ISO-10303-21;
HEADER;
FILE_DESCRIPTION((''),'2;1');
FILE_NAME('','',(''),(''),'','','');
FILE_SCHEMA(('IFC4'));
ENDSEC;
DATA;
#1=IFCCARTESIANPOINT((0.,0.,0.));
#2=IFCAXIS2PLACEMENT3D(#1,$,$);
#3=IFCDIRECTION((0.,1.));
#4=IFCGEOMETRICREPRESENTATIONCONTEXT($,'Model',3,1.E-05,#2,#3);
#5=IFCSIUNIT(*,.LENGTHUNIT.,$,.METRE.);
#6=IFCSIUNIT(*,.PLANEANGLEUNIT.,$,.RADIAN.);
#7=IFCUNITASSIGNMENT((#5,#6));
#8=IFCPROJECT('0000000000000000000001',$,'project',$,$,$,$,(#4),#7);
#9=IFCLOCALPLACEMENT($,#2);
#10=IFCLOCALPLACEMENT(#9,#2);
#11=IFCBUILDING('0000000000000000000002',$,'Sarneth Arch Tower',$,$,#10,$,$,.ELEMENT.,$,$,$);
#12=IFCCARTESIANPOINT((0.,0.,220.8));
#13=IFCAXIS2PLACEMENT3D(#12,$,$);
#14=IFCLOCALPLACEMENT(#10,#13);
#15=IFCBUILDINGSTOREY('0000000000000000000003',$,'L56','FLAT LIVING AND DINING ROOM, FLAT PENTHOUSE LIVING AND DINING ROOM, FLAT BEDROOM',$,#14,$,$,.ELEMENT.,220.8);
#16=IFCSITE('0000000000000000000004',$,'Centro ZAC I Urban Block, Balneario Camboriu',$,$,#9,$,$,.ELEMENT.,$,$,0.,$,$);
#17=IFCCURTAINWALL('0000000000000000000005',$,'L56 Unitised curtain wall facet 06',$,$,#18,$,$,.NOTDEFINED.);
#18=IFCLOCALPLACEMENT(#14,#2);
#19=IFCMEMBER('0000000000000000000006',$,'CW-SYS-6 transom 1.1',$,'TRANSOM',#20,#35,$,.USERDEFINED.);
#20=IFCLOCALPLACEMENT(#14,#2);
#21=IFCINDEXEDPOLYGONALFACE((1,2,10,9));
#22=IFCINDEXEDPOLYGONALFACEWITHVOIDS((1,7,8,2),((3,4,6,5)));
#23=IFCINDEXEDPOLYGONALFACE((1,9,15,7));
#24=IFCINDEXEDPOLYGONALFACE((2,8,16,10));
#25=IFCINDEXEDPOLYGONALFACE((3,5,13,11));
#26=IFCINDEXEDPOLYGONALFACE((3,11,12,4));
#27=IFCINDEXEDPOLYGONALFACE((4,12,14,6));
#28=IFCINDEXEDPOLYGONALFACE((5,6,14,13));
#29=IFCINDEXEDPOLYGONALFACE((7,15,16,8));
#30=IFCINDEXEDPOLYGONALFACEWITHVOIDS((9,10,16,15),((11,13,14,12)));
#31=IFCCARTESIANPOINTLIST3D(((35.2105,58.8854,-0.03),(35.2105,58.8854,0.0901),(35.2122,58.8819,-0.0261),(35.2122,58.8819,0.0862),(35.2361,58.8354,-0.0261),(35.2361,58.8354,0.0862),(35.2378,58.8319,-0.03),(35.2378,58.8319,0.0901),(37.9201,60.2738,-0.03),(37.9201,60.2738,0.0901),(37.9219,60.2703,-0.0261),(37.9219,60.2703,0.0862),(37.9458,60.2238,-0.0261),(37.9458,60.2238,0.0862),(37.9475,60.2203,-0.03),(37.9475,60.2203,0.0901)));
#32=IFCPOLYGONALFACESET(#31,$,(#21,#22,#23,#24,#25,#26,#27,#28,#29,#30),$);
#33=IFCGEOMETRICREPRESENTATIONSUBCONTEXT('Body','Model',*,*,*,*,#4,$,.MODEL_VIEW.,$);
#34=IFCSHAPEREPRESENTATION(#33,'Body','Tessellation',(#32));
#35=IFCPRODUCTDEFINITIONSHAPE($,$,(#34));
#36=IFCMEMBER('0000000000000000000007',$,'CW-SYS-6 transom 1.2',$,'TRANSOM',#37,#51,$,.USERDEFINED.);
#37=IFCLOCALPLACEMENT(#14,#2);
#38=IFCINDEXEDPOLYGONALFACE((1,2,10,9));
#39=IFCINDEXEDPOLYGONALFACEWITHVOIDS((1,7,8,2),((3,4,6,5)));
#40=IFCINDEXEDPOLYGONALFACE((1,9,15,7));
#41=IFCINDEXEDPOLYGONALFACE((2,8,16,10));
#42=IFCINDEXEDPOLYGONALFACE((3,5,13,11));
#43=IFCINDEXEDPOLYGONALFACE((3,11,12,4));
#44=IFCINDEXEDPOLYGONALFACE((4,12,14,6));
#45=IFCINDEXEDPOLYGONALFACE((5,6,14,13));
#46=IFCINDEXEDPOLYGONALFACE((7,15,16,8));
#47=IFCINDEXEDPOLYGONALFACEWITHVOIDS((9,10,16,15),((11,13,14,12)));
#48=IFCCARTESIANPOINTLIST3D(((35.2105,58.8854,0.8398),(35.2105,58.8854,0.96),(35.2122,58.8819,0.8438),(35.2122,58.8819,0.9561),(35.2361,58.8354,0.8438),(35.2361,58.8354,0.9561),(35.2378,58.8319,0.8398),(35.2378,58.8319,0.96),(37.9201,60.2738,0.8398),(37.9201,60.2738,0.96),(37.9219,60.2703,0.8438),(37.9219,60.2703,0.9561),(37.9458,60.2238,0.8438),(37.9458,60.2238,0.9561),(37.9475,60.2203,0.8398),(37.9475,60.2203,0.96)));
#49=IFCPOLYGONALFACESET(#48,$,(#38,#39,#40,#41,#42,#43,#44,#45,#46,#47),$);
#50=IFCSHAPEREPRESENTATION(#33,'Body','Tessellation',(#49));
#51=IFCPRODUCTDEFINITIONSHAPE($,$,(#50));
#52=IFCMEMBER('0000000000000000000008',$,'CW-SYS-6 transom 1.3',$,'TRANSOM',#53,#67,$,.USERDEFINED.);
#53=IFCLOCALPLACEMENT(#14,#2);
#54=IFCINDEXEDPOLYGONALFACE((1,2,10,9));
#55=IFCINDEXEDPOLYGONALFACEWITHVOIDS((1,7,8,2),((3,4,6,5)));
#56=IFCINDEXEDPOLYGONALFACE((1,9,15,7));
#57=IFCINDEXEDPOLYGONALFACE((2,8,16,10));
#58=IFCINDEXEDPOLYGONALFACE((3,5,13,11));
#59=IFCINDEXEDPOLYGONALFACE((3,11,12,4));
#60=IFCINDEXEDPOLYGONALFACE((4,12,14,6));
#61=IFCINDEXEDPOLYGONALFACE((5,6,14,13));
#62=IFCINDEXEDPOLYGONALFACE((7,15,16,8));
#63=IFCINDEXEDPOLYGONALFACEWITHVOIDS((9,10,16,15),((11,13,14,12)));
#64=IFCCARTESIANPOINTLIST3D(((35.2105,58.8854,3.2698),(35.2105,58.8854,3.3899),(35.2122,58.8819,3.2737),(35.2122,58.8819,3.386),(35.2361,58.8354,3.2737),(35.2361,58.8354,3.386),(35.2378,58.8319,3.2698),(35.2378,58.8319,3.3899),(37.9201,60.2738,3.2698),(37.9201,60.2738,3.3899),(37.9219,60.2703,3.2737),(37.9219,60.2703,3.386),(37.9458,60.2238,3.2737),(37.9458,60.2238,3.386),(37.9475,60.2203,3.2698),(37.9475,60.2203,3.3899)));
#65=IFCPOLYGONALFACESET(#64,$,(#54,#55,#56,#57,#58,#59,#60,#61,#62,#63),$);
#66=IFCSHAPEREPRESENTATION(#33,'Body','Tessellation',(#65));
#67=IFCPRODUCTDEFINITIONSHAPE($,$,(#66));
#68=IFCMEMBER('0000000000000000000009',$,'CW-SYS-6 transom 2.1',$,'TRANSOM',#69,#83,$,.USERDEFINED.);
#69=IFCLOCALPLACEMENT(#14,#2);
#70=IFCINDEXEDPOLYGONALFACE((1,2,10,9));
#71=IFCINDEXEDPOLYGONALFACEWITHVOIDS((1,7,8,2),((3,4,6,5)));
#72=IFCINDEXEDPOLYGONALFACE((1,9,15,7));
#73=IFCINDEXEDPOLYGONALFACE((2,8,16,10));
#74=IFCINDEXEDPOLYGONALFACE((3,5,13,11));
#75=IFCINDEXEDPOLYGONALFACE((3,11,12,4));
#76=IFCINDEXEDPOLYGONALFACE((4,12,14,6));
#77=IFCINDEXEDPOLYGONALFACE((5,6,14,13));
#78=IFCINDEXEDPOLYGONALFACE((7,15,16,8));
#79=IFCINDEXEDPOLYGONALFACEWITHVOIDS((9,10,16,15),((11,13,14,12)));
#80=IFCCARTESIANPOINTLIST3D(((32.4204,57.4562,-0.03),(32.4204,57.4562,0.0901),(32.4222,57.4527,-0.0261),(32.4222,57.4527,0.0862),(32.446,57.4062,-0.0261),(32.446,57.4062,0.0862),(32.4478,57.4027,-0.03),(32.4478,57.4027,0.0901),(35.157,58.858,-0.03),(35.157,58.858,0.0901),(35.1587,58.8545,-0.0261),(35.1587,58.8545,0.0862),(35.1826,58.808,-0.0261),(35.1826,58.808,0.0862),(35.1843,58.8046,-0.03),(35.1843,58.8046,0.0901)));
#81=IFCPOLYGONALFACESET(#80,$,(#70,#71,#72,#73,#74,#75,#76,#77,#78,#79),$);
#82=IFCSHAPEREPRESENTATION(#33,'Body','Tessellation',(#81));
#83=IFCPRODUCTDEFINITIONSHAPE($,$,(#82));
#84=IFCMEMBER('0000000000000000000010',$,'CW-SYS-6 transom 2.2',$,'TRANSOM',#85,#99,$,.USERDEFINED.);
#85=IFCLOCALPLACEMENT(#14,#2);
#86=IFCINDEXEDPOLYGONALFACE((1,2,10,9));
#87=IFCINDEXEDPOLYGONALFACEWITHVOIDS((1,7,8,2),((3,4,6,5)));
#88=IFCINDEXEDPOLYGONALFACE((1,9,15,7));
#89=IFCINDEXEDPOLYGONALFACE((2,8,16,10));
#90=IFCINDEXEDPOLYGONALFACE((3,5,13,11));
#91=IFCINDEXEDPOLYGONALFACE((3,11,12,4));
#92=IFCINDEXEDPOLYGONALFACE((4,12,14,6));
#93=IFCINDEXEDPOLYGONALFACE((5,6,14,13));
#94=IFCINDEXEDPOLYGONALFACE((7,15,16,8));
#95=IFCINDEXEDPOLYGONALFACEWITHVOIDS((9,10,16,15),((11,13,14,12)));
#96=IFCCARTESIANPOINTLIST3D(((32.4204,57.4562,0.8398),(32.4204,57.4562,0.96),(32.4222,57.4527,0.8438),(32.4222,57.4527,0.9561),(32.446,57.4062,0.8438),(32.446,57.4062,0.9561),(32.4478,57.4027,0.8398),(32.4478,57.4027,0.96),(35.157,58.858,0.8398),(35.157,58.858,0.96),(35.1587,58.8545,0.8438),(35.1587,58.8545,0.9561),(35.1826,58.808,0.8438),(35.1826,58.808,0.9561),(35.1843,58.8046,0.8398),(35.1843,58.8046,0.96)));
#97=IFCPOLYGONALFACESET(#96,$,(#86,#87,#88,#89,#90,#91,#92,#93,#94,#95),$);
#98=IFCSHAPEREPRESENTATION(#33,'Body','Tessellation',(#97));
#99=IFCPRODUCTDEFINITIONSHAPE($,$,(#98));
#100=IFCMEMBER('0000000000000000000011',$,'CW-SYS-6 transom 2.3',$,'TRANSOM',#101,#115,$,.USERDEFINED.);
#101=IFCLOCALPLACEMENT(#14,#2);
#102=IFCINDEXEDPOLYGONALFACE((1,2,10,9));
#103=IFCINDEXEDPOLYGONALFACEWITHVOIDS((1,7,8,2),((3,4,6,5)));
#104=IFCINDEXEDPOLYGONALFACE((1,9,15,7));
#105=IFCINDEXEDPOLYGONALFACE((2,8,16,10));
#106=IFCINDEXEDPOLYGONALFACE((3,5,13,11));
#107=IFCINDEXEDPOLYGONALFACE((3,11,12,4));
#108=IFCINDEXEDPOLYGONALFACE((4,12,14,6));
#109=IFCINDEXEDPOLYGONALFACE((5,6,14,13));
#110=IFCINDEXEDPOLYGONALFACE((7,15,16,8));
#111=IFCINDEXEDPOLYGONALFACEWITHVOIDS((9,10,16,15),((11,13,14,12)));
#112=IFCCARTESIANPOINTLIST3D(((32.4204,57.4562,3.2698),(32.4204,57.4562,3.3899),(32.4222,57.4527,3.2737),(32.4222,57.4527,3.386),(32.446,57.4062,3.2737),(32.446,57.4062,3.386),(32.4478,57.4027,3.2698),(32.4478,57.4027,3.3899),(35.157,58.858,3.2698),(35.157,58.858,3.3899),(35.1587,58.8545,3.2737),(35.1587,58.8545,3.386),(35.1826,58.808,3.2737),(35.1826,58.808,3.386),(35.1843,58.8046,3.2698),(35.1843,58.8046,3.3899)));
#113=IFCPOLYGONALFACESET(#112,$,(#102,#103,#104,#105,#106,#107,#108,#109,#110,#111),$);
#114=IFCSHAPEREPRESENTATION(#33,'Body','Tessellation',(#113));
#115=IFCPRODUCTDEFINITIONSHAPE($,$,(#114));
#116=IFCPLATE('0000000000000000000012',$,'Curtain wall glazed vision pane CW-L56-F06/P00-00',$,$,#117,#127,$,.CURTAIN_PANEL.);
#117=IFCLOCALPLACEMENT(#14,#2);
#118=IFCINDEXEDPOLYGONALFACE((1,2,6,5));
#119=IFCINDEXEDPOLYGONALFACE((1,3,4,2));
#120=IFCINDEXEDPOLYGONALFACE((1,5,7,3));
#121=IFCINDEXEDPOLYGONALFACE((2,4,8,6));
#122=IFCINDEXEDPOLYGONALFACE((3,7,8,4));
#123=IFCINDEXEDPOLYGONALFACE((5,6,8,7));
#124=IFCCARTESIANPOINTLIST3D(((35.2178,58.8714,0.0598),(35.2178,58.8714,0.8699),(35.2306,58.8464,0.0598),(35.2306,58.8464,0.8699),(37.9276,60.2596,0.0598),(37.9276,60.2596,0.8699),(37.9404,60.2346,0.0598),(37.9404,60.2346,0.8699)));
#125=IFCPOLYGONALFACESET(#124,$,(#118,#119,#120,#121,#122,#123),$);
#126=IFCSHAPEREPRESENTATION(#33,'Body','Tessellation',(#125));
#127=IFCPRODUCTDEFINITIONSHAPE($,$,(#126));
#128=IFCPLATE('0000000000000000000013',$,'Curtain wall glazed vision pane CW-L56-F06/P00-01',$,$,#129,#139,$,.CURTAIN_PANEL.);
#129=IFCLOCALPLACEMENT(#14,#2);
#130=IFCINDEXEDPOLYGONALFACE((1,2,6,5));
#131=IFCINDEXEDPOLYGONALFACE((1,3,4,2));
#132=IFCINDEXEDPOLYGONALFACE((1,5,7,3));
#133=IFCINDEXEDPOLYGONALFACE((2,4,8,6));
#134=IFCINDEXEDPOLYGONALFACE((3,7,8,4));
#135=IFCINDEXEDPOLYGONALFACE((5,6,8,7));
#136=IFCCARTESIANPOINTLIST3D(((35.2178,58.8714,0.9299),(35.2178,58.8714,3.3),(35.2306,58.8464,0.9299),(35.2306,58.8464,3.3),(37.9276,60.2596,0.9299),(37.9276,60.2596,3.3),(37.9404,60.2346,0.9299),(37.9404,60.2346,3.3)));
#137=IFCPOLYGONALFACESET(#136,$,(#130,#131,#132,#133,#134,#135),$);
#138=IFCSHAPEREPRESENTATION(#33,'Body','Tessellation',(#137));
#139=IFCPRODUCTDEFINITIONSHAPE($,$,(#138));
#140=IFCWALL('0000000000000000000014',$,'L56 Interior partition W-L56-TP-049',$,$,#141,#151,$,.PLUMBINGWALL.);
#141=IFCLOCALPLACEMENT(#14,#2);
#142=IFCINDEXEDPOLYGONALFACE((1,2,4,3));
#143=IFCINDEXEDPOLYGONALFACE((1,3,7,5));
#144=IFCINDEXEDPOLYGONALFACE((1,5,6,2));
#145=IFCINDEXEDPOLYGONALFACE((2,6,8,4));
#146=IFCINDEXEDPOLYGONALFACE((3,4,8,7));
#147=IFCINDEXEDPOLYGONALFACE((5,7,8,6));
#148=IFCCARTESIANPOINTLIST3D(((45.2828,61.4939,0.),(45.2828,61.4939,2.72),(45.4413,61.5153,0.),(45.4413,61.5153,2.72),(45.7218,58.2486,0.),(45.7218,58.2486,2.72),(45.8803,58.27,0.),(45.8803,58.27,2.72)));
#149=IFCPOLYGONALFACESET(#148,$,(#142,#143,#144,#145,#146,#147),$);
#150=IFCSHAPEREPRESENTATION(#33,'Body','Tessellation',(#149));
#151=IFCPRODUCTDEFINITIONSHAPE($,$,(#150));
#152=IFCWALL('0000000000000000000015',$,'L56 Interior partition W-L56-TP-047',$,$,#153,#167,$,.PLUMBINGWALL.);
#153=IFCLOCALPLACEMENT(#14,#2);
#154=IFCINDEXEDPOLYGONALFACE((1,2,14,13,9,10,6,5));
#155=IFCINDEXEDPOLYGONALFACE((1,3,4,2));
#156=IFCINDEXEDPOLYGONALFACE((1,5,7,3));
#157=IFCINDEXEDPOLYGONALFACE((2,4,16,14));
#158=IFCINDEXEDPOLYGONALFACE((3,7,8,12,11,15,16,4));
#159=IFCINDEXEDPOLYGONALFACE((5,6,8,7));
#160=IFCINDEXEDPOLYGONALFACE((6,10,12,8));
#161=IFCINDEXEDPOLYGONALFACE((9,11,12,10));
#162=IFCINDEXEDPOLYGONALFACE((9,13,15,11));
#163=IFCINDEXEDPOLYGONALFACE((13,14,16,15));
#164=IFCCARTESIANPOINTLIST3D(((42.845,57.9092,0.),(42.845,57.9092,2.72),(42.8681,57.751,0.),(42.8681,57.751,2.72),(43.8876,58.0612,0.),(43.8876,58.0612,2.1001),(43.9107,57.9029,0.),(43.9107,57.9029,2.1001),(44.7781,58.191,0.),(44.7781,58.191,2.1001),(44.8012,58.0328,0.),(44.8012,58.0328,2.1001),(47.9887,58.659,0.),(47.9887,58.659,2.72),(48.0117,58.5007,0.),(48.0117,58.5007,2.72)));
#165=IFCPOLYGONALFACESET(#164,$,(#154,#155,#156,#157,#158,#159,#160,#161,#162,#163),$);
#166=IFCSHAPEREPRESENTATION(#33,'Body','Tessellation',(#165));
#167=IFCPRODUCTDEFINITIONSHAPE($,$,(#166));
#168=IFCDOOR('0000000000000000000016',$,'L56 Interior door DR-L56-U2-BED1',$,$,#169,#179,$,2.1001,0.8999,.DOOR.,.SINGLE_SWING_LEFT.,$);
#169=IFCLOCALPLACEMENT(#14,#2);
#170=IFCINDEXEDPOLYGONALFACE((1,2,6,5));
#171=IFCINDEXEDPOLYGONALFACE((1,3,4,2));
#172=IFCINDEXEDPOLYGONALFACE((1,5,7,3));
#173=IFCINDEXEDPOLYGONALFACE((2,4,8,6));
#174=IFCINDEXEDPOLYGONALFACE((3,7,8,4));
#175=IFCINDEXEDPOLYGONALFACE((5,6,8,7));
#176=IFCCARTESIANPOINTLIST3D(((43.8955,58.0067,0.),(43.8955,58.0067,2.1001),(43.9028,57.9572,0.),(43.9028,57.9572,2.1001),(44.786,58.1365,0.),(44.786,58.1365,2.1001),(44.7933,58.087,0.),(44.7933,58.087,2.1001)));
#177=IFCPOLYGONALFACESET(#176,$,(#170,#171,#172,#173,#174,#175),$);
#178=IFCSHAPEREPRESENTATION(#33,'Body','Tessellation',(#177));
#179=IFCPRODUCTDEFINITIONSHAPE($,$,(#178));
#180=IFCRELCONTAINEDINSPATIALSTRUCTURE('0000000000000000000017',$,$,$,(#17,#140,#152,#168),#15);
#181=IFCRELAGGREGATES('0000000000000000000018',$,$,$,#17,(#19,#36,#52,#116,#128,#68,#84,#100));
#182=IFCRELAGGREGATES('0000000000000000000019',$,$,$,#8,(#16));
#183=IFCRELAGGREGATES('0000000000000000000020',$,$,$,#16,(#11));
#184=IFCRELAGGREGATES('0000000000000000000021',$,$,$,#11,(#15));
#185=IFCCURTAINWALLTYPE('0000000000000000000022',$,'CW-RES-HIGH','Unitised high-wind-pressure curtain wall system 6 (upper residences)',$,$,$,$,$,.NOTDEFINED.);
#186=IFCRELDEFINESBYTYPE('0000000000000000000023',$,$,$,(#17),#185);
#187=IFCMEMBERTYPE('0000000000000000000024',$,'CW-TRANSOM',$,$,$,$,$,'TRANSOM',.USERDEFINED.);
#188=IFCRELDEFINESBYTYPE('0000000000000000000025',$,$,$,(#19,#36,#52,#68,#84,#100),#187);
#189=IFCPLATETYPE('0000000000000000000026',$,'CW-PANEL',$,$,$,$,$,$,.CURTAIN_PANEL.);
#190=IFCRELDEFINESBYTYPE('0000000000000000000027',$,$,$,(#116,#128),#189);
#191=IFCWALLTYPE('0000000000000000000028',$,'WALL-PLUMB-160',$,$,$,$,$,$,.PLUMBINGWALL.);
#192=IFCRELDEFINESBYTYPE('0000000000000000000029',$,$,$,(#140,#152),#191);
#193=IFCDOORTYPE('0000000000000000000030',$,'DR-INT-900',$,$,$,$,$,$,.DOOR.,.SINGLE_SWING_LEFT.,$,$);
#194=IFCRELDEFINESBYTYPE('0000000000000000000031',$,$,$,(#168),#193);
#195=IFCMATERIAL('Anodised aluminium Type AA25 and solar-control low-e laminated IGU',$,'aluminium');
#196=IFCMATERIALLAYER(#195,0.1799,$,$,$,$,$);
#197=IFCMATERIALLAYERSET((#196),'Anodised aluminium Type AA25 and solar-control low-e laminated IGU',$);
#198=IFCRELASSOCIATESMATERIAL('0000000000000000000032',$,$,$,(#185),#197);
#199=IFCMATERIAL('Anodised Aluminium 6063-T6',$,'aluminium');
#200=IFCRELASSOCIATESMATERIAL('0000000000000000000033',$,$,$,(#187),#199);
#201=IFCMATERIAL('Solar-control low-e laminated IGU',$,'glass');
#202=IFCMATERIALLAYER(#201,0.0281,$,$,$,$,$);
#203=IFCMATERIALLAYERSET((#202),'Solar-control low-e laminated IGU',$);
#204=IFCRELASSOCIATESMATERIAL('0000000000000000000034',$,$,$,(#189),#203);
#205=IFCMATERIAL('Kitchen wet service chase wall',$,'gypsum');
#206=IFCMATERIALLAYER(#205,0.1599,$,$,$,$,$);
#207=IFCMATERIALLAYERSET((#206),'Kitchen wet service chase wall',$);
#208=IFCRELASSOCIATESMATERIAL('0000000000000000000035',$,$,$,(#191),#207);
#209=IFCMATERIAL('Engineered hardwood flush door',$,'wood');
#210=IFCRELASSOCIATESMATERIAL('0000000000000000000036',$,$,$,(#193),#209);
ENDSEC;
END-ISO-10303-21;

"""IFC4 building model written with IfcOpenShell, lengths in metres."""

from ifc_helpers import new_model, si_unit, direction, frame, frame_2d, origin, origin_2d, place, context, subcontext, project, spatial, rectangle, hollow_rectangle, extrude, material, layer, layer_set, material_profile, profile_set, type_object, element, fill, aggregate, save


model = new_model("IFC4")

# Units and contexts
model_context = context("Model", 3, precision=1e-05, world=origin(), true_north=direction((0.0, 1.0)))
body_context = subcontext(model_context, "Body", "Model", "MODEL_VIEW")
ifc_project = project(units=[si_unit("LENGTHUNIT", "METRE"), si_unit("PLANEANGLEUNIT", "RADIAN")], contexts=[model_context])

# Site, building, storey
site_placement = place(None, origin())
site = spatial("IfcSite", under=ifc_project, at=site_placement, Name="Centro ZAC I Urban Block, Balneario Camboriu", CompositionType="ELEMENT", RefElevation=0.0)
building_placement = place(site_placement, origin())
building = spatial("IfcBuilding", under=site, at=building_placement, Name="Sarneth Arch Tower", CompositionType="ELEMENT")
storey_placement = place(building_placement, frame((0.0, 0.0, 220.8)))
storey = spatial("IfcBuildingStorey", under=building, at=storey_placement, Name="L56", Description="FLAT LIVING AND DINING ROOM, FLAT PENTHOUSE LIVING AND DINING ROOM, FLAT BEDROOM", CompositionType="ELEMENT", Elevation=220.8)

# Curtain wall, members, plates
ifc_material_1 = material(Name="Anodised aluminium Type AA25 and solar-control low-e laminated IGU", Category="aluminium")
ifc_layer_1 = layer(ifc_material_1, 0.1799)
ifc_layer_set_1 = layer_set([ifc_layer_1], Name="Anodised aluminium Type AA25 and solar-control low-e laminated IGU")
curtain_wall_type = type_object("IfcCurtainWallType", Name="CW-RES-HIGH", Description="Unitised high-wind-pressure curtain wall system 6 (upper residences)", PredefinedType="NOTDEFINED", material=ifc_layer_set_1)
curtain_wall_placement = place(storey_placement, origin())
curtain_wall = element("IfcCurtainWall", 1, at=curtain_wall_placement, inside=storey, type_object=curtain_wall_type, Name="L56 Unitised curtain wall facet 06", PredefinedType="NOTDEFINED")
ifc_material_2 = material(Name="Anodised Aluminium 6063-T6", Category="aluminium")
ifc_material_profile_1 = material_profile(ifc_material_2, hollow_rectangle(XDim=0.0601, YDim=0.1201, WallThickness=0.0039, at=origin_2d()), Name="AL-TRAN-120x60x4")
ifc_profile_set_1 = profile_set([ifc_material_profile_1], Name="Anodised Aluminium 6063-T6")
member_type_1 = type_object("IfcMemberType", Name="CW-TRANSOM", ElementType="TRANSOM", PredefinedType="USERDEFINED", material=ifc_profile_set_1)
member_1_placement = place(storey_placement, frame((37.9338, 60.2471, 0.03), z_axis=(-0.889974, -0.456012, 0.0), x_axis=(0.456012, -0.889974, 0.0)))
member_1 = element("IfcMember", 2, at=member_1_placement, type_object=member_type_1, Name="CW-SYS-6 transom 1.1", ObjectType="TRANSOM", PredefinedType="USERDEFINED", context=body_context, shape_type="SweptSolid", body=[
    extrude(hollow_rectangle(XDim=0.0601, YDim=0.1201, WallThickness=0.0039, at=origin_2d()), origin(), (0.0, 0.0, 1.0), 3.0447),
])
member_2_placement = place(storey_placement, frame((37.9338, 60.2471, 0.8999), z_axis=(-0.889974, -0.456012, 0.0), x_axis=(0.456012, -0.889974, 0.0)))
member_2 = element("IfcMember", 3, at=member_2_placement, type_object=member_type_1, Name="CW-SYS-6 transom 1.2", ObjectType="TRANSOM", PredefinedType="USERDEFINED", context=body_context, shape_type="SweptSolid", body=[
    extrude(hollow_rectangle(XDim=0.0601, YDim=0.1201, WallThickness=0.0039, at=origin_2d()), origin(), (0.0, 0.0, 1.0), 3.0447),
])
member_3_placement = place(storey_placement, frame((37.9338, 60.2471, 3.3298), z_axis=(-0.889974, -0.456012, 0.0), x_axis=(0.456012, -0.889974, 0.0)))
member_3 = element("IfcMember", 4, at=member_3_placement, type_object=member_type_1, Name="CW-SYS-6 transom 1.3", ObjectType="TRANSOM", PredefinedType="USERDEFINED", context=body_context, shape_type="SweptSolid", body=[
    extrude(hollow_rectangle(XDim=0.0601, YDim=0.1201, WallThickness=0.0039, at=origin_2d()), origin(), (0.0, 0.0, 1.0), 3.0447),
])
member_4_placement = place(storey_placement, frame((35.1707, 58.8313, 0.03), z_axis=(-0.890017, -0.455926, 0.0), x_axis=(0.455926, -0.890017, 0.0)))
member_4 = element("IfcMember", 5, at=member_4_placement, type_object=member_type_1, Name="CW-SYS-6 transom 2.1", ObjectType="TRANSOM", PredefinedType="USERDEFINED", context=body_context, shape_type="SweptSolid", body=[
    extrude(hollow_rectangle(XDim=0.0601, YDim=0.1201, WallThickness=0.0039, at=origin_2d()), origin(), (0.0, 0.0, 1.0), 3.0747),
])
member_5_placement = place(storey_placement, frame((35.1707, 58.8313, 0.8999), z_axis=(-0.890017, -0.455926, 0.0), x_axis=(0.455926, -0.890017, 0.0)))
member_5 = element("IfcMember", 6, at=member_5_placement, type_object=member_type_1, Name="CW-SYS-6 transom 2.2", ObjectType="TRANSOM", PredefinedType="USERDEFINED", context=body_context, shape_type="SweptSolid", body=[
    extrude(hollow_rectangle(XDim=0.0601, YDim=0.1201, WallThickness=0.0039, at=origin_2d()), origin(), (0.0, 0.0, 1.0), 3.0747),
])
member_6_placement = place(storey_placement, frame((35.1707, 58.8313, 3.3298), z_axis=(-0.890017, -0.455926, 0.0), x_axis=(0.455926, -0.890017, 0.0)))
member_6 = element("IfcMember", 7, at=member_6_placement, type_object=member_type_1, Name="CW-SYS-6 transom 2.3", ObjectType="TRANSOM", PredefinedType="USERDEFINED", context=body_context, shape_type="SweptSolid", body=[
    extrude(hollow_rectangle(XDim=0.0601, YDim=0.1201, WallThickness=0.0039, at=origin_2d()), origin(), (0.0, 0.0, 1.0), 3.0747),
])
ifc_material_3 = material(Name="Solar-control low-e laminated IGU", Category="glass")
ifc_layer_2 = layer(ifc_material_3, 0.0281)
ifc_layer_set_2 = layer_set([ifc_layer_2], Name="Solar-control low-e laminated IGU")
plate_type = type_object("IfcPlateType", Name="CW-PANEL", PredefinedType="CURTAIN_PANEL", material=ifc_layer_set_2)
plate_1_placement = place(storey_placement, frame((36.5791, 59.553, 0.0598), z_axis=(0.0, 0.0, 1.0), x_axis=(-0.89001, -0.455942, 0.0)))
plate_1 = element("IfcPlate", 8, at=plate_1_placement, type_object=plate_type, Name="Curtain wall glazed vision pane CW-L56-F06/P00-00", PredefinedType="CURTAIN_PANEL", context=body_context, shape_type="SweptSolid", body=[
    extrude(rectangle(XDim=3.0447, YDim=0.0281, at=origin_2d()), origin(), (0.0, 0.0, 1.0), 0.8101),
])
plate_2_placement = place(storey_placement, frame((36.5791, 59.553, 0.9299), z_axis=(0.0, 0.0, 1.0), x_axis=(-0.89001, -0.455942, 0.0)))
plate_2 = element("IfcPlate", 9, at=plate_2_placement, type_object=plate_type, Name="Curtain wall glazed vision pane CW-L56-F06/P00-01", PredefinedType="CURTAIN_PANEL", context=body_context, shape_type="SweptSolid", body=[
    extrude(rectangle(XDim=3.0447, YDim=0.0281, at=origin_2d()), origin(), (0.0, 0.0, 1.0), 2.3701),
])
aggregate(curtain_wall, [member_1, member_2, member_3, plate_1, plate_2, member_4, member_5, member_6])

# Wall
ifc_material_4 = material(Name="Kitchen wet service chase wall", Category="gypsum")
ifc_layer_3 = layer(ifc_material_4, 0.1599)
ifc_layer_set_3 = layer_set([ifc_layer_3], Name="Kitchen wet service chase wall")
wall_type_1 = type_object("IfcWallType", Name="WALL-PLUMB-160", PredefinedType="PLUMBINGWALL", material=ifc_layer_set_3)
wall_1_placement = place(storey_placement, frame((45.801, 58.2593, 0.0), z_axis=(0.0, 0.0, 1.0), x_axis=(-0.134039, 0.990976, 0.0)))
element("IfcWall", 10, at=wall_1_placement, inside=storey, type_object=wall_type_1, Name="L56 Interior partition W-L56-TP-049", PredefinedType="PLUMBINGWALL", context=body_context, shape_type="SweptSolid", body=[
    extrude(rectangle(XDim=3.2749, YDim=0.1599, at=frame_2d((1.6375, 0.0))), origin(), (0.0, 0.0, 1.0), 2.72),
])

# Wall, opening, door
wall_2_placement = place(storey_placement, frame((42.8564, 57.8301, 0.0), z_axis=(0.0, 0.0, 1.0), x_axis=(0.989542, 0.144242, 0.0)))
wall_2 = element("IfcWall", 11, at=wall_2_placement, inside=storey, type_object=wall_type_1, Name="L56 Interior partition W-L56-TP-047", PredefinedType="PLUMBINGWALL", context=body_context, shape_type="SweptSolid", body=[
    extrude(rectangle(XDim=5.198, YDim=0.1599, at=frame_2d((2.5991, 0.0))), origin(), (0.0, 0.0, 1.0), 2.72),
])
opening_1_placement = place(wall_2_placement, frame((1.0537, 0.0, 0.0)))
opening_1 = element("IfcOpeningElement", 12, at=opening_1_placement, cuts=wall_2, PredefinedType="OPENING", context=body_context, shape_type="SweptSolid", body=[
    extrude(rectangle(XDim=0.8999, YDim=2.1001, at=frame_2d((0.45, 1.05))), frame((0.0, 0.0898, 0.0), z_axis=(0.0, -1.0, 0.0), x_axis=(1.0, 0.0, 0.0)), (0.0, 0.0, 1.0), 0.1799),
])
ifc_material_5 = material(Name="Engineered hardwood flush door", Category="wood")
door_type_1 = type_object("IfcDoorType", Name="DR-INT-900", OperationType="SINGLE_SWING_LEFT", PredefinedType="DOOR", material=ifc_material_5)
door_1_placement = place(opening_1_placement, origin())
door_1 = element("IfcDoor", 13, at=door_1_placement, inside=storey, type_object=door_type_1, Name="L56 Interior door DR-L56-U2-BED1", OperationType="SINGLE_SWING_LEFT", OverallHeight=2.1001, OverallWidth=0.8999, PredefinedType="DOOR", context=body_context, shape_type="SweptSolid", body=[
    extrude(rectangle(XDim=0.8999, YDim=2.1001, at=frame_2d((0.45, 1.05))), frame((0.0, 0.0249, 0.0), z_axis=(0.0, -1.0, 0.0), x_axis=(1.0, 0.0, 0.0)), (0.0, 0.0, 1.0), 0.05),
])
fill(opening_1, door_1)

save(model, "model.ifc")
